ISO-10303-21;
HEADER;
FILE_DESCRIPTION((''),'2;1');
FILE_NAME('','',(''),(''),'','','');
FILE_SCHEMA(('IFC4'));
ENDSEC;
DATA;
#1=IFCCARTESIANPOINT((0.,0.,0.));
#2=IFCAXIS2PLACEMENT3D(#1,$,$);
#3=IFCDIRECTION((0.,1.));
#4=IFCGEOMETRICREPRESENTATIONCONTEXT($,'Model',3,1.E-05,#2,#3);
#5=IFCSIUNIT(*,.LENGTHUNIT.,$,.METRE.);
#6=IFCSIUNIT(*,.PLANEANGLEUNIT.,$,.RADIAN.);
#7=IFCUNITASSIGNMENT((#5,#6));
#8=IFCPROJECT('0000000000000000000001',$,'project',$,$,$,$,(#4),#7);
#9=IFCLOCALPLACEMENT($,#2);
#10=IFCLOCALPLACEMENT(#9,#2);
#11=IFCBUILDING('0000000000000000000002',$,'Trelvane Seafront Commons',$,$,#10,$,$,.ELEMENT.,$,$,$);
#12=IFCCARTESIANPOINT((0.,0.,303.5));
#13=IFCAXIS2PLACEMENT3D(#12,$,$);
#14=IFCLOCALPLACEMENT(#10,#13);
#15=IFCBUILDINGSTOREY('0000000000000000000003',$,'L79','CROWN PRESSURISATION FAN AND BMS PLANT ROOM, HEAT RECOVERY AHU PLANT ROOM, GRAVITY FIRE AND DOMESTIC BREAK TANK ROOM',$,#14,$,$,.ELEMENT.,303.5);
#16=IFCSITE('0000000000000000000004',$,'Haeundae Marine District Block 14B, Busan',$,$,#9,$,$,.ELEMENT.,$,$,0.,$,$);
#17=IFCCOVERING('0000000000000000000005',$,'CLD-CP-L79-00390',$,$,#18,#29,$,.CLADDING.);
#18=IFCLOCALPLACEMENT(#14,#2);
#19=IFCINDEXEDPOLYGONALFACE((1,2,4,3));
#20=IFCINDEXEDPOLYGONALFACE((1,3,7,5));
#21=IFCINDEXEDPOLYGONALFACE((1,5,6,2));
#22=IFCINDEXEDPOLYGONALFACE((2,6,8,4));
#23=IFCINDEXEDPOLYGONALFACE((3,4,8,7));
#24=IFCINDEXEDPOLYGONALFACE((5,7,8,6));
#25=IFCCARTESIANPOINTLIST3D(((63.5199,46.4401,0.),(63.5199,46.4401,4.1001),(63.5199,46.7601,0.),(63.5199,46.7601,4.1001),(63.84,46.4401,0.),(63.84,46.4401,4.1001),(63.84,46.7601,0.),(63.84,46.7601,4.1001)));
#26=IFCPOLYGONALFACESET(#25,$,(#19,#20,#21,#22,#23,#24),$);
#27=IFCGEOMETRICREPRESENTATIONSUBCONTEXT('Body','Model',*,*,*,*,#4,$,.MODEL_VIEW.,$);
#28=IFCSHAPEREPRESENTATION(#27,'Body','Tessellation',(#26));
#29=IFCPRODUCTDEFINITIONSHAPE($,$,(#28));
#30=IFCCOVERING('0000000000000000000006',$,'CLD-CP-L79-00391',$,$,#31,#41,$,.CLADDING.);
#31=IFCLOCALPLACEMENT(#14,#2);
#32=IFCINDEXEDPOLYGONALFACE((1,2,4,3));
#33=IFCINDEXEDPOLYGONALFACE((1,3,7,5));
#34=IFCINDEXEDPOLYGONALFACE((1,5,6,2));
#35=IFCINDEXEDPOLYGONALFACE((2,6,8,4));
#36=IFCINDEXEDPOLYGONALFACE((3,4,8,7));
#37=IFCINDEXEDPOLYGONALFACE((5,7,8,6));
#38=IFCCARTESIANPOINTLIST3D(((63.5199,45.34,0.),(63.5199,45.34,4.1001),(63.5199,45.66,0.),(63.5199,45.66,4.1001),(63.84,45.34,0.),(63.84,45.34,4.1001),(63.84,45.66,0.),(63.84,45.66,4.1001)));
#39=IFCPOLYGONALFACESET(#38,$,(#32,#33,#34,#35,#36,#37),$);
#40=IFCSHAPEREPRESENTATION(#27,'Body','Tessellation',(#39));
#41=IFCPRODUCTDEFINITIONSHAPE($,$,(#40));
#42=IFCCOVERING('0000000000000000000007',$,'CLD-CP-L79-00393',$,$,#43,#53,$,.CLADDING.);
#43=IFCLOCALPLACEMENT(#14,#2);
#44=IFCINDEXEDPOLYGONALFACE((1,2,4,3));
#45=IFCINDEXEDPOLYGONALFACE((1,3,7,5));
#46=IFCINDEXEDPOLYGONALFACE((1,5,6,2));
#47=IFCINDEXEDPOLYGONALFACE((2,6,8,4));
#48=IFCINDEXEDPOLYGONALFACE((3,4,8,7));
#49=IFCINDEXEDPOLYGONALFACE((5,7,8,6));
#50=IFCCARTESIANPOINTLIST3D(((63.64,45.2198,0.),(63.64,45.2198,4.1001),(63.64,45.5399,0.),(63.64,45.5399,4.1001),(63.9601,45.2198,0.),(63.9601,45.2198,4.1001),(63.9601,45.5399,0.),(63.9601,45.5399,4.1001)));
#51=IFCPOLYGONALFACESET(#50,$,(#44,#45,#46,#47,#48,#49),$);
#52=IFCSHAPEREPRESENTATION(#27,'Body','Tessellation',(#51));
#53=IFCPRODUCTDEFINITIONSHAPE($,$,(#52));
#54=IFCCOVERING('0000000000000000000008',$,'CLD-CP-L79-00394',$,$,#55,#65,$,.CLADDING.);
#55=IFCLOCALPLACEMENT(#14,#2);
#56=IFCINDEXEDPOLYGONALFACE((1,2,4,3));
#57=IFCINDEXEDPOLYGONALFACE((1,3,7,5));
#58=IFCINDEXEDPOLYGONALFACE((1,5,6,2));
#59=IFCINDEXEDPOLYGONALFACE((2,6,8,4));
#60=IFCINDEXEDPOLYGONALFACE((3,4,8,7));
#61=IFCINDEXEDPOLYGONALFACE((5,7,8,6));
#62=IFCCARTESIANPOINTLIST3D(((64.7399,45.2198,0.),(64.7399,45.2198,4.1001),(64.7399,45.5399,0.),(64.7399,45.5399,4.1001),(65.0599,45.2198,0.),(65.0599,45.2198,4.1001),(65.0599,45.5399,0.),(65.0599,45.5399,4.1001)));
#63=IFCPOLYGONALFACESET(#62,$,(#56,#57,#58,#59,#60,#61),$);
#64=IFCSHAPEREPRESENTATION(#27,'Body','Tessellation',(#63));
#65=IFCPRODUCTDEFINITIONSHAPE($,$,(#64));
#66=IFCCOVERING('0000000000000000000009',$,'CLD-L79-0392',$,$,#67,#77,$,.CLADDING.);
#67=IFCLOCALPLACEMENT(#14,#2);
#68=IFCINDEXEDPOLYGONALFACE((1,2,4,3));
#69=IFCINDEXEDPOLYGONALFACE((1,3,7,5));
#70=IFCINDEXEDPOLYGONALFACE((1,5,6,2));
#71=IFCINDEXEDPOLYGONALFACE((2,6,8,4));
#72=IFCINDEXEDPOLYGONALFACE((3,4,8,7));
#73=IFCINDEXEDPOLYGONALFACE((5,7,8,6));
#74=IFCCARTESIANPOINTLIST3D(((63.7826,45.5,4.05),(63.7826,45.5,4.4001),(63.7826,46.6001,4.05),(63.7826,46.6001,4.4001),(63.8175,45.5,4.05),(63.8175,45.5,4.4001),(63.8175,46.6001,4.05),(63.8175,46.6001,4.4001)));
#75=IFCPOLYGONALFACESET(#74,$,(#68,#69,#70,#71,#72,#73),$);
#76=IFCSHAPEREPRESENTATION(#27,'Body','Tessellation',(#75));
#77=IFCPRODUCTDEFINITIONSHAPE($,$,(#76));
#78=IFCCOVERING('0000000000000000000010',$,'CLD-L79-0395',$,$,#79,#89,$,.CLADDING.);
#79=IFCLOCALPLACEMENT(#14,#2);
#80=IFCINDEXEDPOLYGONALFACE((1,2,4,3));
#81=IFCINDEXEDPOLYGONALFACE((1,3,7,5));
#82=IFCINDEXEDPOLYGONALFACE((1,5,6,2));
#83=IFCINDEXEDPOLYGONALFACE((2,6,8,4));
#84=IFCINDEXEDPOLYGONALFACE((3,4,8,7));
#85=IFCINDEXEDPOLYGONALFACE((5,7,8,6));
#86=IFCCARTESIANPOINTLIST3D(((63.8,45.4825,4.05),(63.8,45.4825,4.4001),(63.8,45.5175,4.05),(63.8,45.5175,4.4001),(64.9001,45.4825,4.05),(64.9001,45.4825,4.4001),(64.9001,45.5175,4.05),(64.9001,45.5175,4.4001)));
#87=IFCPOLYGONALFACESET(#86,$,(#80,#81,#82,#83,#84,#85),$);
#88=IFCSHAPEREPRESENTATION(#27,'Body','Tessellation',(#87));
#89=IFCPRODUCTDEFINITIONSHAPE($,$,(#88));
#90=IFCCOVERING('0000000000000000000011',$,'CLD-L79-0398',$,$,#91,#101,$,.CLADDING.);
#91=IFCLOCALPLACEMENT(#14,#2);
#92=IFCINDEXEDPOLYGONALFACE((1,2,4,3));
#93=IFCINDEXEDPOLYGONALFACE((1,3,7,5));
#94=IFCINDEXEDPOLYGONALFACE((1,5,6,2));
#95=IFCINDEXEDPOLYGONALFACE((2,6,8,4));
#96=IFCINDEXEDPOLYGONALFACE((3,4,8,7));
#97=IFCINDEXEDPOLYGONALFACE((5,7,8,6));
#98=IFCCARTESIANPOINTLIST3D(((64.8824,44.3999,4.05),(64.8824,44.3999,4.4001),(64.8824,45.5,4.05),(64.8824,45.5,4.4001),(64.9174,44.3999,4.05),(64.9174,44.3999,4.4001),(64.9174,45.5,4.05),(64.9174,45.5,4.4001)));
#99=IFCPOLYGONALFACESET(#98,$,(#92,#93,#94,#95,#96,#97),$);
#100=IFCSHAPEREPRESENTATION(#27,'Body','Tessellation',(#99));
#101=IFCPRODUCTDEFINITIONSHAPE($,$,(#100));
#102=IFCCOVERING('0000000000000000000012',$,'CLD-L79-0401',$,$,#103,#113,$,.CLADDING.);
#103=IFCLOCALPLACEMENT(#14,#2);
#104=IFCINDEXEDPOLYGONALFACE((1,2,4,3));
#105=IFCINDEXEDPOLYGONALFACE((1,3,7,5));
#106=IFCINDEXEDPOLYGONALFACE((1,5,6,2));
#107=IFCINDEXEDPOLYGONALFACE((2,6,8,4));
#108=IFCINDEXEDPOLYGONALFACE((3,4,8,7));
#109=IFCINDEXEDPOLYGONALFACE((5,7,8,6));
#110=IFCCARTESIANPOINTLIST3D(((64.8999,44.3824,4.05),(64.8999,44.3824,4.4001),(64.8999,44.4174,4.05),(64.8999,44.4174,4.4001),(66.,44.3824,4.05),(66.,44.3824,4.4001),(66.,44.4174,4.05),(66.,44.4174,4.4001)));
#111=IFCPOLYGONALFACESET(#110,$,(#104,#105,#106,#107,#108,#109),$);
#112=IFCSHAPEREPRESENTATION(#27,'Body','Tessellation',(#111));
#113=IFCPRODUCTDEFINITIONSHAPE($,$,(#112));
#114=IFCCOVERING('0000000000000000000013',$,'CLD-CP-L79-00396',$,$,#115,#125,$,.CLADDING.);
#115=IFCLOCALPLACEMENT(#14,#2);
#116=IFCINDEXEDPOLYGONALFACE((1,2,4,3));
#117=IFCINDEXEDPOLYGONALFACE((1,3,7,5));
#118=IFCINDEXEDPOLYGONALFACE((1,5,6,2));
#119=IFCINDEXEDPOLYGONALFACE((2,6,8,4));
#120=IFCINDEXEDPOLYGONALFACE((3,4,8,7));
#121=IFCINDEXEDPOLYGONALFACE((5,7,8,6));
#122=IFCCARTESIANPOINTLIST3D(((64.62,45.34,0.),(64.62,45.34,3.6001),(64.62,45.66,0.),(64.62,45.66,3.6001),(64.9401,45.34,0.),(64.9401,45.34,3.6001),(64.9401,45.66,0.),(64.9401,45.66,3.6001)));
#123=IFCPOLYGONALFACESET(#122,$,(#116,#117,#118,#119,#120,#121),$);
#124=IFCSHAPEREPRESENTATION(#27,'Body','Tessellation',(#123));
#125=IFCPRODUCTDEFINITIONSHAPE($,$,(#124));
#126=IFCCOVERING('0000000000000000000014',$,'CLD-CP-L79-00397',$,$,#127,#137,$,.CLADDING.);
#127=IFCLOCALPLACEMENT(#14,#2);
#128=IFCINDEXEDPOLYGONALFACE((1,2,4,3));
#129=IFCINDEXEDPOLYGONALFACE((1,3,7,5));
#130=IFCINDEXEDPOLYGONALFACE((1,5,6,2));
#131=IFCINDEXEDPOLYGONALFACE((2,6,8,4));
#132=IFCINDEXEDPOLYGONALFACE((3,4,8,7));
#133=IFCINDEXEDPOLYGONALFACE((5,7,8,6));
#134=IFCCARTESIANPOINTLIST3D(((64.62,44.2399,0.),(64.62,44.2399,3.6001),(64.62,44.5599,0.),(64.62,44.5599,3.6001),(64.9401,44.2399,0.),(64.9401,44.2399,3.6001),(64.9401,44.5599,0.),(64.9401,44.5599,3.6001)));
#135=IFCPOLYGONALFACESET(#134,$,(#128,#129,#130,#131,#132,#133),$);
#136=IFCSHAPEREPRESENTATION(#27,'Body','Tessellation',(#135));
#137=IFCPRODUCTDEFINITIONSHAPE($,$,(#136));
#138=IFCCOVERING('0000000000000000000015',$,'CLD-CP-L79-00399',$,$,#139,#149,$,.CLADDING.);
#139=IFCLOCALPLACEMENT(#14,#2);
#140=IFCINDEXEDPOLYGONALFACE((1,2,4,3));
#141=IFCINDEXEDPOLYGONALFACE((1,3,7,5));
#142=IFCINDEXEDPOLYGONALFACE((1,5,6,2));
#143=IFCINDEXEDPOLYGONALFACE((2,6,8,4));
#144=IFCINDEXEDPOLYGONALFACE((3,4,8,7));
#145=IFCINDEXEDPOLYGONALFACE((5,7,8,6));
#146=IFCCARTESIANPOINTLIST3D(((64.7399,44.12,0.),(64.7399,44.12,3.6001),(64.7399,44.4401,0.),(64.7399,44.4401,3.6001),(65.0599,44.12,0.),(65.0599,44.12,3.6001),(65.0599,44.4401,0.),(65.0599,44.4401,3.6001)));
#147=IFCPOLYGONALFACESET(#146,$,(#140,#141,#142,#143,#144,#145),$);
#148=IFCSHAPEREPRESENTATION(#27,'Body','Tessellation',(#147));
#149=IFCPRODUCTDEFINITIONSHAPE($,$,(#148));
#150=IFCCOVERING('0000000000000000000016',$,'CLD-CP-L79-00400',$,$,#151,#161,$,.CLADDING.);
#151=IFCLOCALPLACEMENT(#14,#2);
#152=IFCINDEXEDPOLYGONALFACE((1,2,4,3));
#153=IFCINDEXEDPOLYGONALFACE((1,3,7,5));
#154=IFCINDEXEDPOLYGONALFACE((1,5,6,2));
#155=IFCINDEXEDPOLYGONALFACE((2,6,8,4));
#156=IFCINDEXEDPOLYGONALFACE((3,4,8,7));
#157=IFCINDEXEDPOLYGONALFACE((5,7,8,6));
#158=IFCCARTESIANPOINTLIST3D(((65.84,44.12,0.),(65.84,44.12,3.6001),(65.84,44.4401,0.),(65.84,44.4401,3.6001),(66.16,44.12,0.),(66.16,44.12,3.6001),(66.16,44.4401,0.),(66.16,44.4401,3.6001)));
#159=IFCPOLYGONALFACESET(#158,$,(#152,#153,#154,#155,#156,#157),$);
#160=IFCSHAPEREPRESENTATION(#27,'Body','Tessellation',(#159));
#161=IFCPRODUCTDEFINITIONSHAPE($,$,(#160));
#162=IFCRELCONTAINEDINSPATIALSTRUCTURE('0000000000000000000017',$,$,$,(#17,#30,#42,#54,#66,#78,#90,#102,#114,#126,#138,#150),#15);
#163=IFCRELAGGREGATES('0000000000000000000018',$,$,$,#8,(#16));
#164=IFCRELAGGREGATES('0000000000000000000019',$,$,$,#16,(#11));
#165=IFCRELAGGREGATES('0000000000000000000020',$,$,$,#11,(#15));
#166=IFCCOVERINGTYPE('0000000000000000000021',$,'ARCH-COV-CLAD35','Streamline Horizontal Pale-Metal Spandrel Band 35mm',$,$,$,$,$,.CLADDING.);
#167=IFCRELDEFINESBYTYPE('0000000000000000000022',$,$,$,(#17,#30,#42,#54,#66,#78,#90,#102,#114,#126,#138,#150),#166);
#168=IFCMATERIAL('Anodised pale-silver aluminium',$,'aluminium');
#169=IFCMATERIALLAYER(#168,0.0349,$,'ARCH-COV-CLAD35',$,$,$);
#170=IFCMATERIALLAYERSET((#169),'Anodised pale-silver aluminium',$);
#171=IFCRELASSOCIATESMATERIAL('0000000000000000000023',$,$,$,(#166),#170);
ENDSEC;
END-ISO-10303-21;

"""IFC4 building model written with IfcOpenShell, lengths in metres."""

from ifc_helpers import new_model, si_unit, direction, frame, origin, origin_2d, place, context, subcontext, project, spatial, rectangle, extrude, source, transform, mapped, material, layer, layer_set, type_object, element, save


model = new_model("IFC4")

# Units and contexts
model_context = context("Model", 3, precision=1e-05, world=origin(), true_north=direction((0.0, 1.0)))
body_context = subcontext(model_context, "Body", "Model", "MODEL_VIEW")
ifc_project = project(units=[si_unit("LENGTHUNIT", "METRE"), si_unit("PLANEANGLEUNIT", "RADIAN")], contexts=[model_context])

# Site, building, storey
site_placement = place(None, origin())
site = spatial("IfcSite", under=ifc_project, at=site_placement, Name="Haeundae Marine District Block 14B, Busan", CompositionType="ELEMENT", RefElevation=0.0)
building_placement = place(site_placement, origin())
building = spatial("IfcBuilding", under=site, at=building_placement, Name="Trelvane Seafront Commons", CompositionType="ELEMENT")
storey_placement = place(building_placement, frame((0.0, 0.0, 303.5)))
storey = spatial("IfcBuildingStorey", under=building, at=storey_placement, Name="L79", Description="CROWN PRESSURISATION FAN AND BMS PLANT ROOM, HEAT RECOVERY AHU PLANT ROOM, GRAVITY FIRE AND DOMESTIC BREAK TANK ROOM", CompositionType="ELEMENT", Elevation=303.5)

# Shared definitions
ifc_material_1 = material(Name="Anodised pale-silver aluminium", Category="aluminium")

# Coverings
ifc_layer_1 = layer(ifc_material_1, 0.0349, Name="ARCH-COV-CLAD35")
ifc_layer_set_1 = layer_set([ifc_layer_1], Name="Anodised pale-silver aluminium")
covering_type = type_object("IfcCoveringType", Name="ARCH-COV-CLAD35", Description="Streamline Horizontal Pale-Metal Spandrel Band 35mm", PredefinedType="CLADDING", material=ifc_layer_set_1)
shared_shape_1 = source(origin(), body_context, "Body", "SweptSolid", [
    extrude(rectangle(XDim=0.3201, YDim=0.3201, at=origin_2d()), origin(), (0.0, 0.0, 1.0), 4.1001),
])
for number, where, z_axis, x_axis, name in (
    (1, (63.6799, 46.6001, 0.0), (0.0, 0.0, 1.0), (1.0, 0.0, 0.0), "CLD-CP-L79-00390"),
    (2, (63.6799, 45.5, 0.0), (0.0, 0.0, 1.0), (1.0, 0.0, 0.0), "CLD-CP-L79-00391"),
    (3, (63.8, 45.3799, 0.0), (0.0, 0.0, 1.0), (1.0, 0.0, 0.0), "CLD-CP-L79-00393"),
    (4, (64.8999, 45.3799, 0.0), (0.0, 0.0, 1.0), (1.0, 0.0, 0.0), "CLD-CP-L79-00394"),
):
    element("IfcCovering", number, at=place(storey_placement, frame(where, z_axis=z_axis, x_axis=x_axis)), inside=storey, type_object=covering_type, Name=name, PredefinedType="CLADDING", context=body_context, shape_type="MappedRepresentation", body=[
        mapped(shared_shape_1, transform((0.0, 0.0, 0.0), x_axis=(1.0, 0.0, 0.0), y_axis=(0.0, 1.0, 0.0), z_axis=(0.0, 0.0, 1.0), scale=1.0)),
    ])
shared_shape_2 = source(origin(), body_context, "Body", "SweptSolid", [
    extrude(rectangle(XDim=1.1001, YDim=0.0349, at=origin_2d()), origin(), (0.0, 0.0, 1.0), 0.3501),
])
for number, where, z_axis, x_axis, name in (
    (5, (63.8, 46.05, 4.05), (0.0, 0.0, 1.0), (0.0, -1.0, 0.0), "CLD-L79-0392"),
    (6, (64.3501, 45.5, 4.05), (0.0, 0.0, 1.0), (1.0, 0.0, 0.0), "CLD-L79-0395"),
    (7, (64.8999, 44.95, 4.05), (0.0, 0.0, 1.0), (0.0, -1.0, 0.0), "CLD-L79-0398"),
    (8, (65.45, 44.3999, 4.05), (0.0, 0.0, 1.0), (1.0, 0.0, 0.0), "CLD-L79-0401"),
):
    element("IfcCovering", number, at=place(storey_placement, frame(where, z_axis=z_axis, x_axis=x_axis)), inside=storey, type_object=covering_type, Name=name, PredefinedType="CLADDING", context=body_context, shape_type="MappedRepresentation", body=[
        mapped(shared_shape_2, transform((0.0, 0.0, 0.0), x_axis=(1.0, 0.0, 0.0), y_axis=(0.0, 1.0, 0.0), z_axis=(0.0, 0.0, 1.0), scale=1.0)),
    ])
shared_shape_3 = source(origin(), body_context, "Body", "SweptSolid", [
    extrude(rectangle(XDim=0.3201, YDim=0.3201, at=origin_2d()), origin(), (0.0, 0.0, 1.0), 3.6001),
])
for number, where, z_axis, x_axis, name in (
    (9, (64.78, 45.5, 0.0), (0.0, 0.0, 1.0), (1.0, 0.0, 0.0), "CLD-CP-L79-00396"),
    (10, (64.78, 44.3999, 0.0), (0.0, 0.0, 1.0), (1.0, 0.0, 0.0), "CLD-CP-L79-00397"),
    (11, (64.8999, 44.28, 0.0), (0.0, 0.0, 1.0), (1.0, 0.0, 0.0), "CLD-CP-L79-00399"),
    (12, (66.0, 44.28, 0.0), (0.0, 0.0, 1.0), (1.0, 0.0, 0.0), "CLD-CP-L79-00400"),
):
    element("IfcCovering", number, at=place(storey_placement, frame(where, z_axis=z_axis, x_axis=x_axis)), inside=storey, type_object=covering_type, Name=name, PredefinedType="CLADDING", context=body_context, shape_type="MappedRepresentation", body=[
        mapped(shared_shape_3, transform((0.0, 0.0, 0.0), x_axis=(1.0, 0.0, 0.0), y_axis=(0.0, 1.0, 0.0), z_axis=(0.0, 0.0, 1.0), scale=1.0)),
    ])

save(model, "model.ifc")
